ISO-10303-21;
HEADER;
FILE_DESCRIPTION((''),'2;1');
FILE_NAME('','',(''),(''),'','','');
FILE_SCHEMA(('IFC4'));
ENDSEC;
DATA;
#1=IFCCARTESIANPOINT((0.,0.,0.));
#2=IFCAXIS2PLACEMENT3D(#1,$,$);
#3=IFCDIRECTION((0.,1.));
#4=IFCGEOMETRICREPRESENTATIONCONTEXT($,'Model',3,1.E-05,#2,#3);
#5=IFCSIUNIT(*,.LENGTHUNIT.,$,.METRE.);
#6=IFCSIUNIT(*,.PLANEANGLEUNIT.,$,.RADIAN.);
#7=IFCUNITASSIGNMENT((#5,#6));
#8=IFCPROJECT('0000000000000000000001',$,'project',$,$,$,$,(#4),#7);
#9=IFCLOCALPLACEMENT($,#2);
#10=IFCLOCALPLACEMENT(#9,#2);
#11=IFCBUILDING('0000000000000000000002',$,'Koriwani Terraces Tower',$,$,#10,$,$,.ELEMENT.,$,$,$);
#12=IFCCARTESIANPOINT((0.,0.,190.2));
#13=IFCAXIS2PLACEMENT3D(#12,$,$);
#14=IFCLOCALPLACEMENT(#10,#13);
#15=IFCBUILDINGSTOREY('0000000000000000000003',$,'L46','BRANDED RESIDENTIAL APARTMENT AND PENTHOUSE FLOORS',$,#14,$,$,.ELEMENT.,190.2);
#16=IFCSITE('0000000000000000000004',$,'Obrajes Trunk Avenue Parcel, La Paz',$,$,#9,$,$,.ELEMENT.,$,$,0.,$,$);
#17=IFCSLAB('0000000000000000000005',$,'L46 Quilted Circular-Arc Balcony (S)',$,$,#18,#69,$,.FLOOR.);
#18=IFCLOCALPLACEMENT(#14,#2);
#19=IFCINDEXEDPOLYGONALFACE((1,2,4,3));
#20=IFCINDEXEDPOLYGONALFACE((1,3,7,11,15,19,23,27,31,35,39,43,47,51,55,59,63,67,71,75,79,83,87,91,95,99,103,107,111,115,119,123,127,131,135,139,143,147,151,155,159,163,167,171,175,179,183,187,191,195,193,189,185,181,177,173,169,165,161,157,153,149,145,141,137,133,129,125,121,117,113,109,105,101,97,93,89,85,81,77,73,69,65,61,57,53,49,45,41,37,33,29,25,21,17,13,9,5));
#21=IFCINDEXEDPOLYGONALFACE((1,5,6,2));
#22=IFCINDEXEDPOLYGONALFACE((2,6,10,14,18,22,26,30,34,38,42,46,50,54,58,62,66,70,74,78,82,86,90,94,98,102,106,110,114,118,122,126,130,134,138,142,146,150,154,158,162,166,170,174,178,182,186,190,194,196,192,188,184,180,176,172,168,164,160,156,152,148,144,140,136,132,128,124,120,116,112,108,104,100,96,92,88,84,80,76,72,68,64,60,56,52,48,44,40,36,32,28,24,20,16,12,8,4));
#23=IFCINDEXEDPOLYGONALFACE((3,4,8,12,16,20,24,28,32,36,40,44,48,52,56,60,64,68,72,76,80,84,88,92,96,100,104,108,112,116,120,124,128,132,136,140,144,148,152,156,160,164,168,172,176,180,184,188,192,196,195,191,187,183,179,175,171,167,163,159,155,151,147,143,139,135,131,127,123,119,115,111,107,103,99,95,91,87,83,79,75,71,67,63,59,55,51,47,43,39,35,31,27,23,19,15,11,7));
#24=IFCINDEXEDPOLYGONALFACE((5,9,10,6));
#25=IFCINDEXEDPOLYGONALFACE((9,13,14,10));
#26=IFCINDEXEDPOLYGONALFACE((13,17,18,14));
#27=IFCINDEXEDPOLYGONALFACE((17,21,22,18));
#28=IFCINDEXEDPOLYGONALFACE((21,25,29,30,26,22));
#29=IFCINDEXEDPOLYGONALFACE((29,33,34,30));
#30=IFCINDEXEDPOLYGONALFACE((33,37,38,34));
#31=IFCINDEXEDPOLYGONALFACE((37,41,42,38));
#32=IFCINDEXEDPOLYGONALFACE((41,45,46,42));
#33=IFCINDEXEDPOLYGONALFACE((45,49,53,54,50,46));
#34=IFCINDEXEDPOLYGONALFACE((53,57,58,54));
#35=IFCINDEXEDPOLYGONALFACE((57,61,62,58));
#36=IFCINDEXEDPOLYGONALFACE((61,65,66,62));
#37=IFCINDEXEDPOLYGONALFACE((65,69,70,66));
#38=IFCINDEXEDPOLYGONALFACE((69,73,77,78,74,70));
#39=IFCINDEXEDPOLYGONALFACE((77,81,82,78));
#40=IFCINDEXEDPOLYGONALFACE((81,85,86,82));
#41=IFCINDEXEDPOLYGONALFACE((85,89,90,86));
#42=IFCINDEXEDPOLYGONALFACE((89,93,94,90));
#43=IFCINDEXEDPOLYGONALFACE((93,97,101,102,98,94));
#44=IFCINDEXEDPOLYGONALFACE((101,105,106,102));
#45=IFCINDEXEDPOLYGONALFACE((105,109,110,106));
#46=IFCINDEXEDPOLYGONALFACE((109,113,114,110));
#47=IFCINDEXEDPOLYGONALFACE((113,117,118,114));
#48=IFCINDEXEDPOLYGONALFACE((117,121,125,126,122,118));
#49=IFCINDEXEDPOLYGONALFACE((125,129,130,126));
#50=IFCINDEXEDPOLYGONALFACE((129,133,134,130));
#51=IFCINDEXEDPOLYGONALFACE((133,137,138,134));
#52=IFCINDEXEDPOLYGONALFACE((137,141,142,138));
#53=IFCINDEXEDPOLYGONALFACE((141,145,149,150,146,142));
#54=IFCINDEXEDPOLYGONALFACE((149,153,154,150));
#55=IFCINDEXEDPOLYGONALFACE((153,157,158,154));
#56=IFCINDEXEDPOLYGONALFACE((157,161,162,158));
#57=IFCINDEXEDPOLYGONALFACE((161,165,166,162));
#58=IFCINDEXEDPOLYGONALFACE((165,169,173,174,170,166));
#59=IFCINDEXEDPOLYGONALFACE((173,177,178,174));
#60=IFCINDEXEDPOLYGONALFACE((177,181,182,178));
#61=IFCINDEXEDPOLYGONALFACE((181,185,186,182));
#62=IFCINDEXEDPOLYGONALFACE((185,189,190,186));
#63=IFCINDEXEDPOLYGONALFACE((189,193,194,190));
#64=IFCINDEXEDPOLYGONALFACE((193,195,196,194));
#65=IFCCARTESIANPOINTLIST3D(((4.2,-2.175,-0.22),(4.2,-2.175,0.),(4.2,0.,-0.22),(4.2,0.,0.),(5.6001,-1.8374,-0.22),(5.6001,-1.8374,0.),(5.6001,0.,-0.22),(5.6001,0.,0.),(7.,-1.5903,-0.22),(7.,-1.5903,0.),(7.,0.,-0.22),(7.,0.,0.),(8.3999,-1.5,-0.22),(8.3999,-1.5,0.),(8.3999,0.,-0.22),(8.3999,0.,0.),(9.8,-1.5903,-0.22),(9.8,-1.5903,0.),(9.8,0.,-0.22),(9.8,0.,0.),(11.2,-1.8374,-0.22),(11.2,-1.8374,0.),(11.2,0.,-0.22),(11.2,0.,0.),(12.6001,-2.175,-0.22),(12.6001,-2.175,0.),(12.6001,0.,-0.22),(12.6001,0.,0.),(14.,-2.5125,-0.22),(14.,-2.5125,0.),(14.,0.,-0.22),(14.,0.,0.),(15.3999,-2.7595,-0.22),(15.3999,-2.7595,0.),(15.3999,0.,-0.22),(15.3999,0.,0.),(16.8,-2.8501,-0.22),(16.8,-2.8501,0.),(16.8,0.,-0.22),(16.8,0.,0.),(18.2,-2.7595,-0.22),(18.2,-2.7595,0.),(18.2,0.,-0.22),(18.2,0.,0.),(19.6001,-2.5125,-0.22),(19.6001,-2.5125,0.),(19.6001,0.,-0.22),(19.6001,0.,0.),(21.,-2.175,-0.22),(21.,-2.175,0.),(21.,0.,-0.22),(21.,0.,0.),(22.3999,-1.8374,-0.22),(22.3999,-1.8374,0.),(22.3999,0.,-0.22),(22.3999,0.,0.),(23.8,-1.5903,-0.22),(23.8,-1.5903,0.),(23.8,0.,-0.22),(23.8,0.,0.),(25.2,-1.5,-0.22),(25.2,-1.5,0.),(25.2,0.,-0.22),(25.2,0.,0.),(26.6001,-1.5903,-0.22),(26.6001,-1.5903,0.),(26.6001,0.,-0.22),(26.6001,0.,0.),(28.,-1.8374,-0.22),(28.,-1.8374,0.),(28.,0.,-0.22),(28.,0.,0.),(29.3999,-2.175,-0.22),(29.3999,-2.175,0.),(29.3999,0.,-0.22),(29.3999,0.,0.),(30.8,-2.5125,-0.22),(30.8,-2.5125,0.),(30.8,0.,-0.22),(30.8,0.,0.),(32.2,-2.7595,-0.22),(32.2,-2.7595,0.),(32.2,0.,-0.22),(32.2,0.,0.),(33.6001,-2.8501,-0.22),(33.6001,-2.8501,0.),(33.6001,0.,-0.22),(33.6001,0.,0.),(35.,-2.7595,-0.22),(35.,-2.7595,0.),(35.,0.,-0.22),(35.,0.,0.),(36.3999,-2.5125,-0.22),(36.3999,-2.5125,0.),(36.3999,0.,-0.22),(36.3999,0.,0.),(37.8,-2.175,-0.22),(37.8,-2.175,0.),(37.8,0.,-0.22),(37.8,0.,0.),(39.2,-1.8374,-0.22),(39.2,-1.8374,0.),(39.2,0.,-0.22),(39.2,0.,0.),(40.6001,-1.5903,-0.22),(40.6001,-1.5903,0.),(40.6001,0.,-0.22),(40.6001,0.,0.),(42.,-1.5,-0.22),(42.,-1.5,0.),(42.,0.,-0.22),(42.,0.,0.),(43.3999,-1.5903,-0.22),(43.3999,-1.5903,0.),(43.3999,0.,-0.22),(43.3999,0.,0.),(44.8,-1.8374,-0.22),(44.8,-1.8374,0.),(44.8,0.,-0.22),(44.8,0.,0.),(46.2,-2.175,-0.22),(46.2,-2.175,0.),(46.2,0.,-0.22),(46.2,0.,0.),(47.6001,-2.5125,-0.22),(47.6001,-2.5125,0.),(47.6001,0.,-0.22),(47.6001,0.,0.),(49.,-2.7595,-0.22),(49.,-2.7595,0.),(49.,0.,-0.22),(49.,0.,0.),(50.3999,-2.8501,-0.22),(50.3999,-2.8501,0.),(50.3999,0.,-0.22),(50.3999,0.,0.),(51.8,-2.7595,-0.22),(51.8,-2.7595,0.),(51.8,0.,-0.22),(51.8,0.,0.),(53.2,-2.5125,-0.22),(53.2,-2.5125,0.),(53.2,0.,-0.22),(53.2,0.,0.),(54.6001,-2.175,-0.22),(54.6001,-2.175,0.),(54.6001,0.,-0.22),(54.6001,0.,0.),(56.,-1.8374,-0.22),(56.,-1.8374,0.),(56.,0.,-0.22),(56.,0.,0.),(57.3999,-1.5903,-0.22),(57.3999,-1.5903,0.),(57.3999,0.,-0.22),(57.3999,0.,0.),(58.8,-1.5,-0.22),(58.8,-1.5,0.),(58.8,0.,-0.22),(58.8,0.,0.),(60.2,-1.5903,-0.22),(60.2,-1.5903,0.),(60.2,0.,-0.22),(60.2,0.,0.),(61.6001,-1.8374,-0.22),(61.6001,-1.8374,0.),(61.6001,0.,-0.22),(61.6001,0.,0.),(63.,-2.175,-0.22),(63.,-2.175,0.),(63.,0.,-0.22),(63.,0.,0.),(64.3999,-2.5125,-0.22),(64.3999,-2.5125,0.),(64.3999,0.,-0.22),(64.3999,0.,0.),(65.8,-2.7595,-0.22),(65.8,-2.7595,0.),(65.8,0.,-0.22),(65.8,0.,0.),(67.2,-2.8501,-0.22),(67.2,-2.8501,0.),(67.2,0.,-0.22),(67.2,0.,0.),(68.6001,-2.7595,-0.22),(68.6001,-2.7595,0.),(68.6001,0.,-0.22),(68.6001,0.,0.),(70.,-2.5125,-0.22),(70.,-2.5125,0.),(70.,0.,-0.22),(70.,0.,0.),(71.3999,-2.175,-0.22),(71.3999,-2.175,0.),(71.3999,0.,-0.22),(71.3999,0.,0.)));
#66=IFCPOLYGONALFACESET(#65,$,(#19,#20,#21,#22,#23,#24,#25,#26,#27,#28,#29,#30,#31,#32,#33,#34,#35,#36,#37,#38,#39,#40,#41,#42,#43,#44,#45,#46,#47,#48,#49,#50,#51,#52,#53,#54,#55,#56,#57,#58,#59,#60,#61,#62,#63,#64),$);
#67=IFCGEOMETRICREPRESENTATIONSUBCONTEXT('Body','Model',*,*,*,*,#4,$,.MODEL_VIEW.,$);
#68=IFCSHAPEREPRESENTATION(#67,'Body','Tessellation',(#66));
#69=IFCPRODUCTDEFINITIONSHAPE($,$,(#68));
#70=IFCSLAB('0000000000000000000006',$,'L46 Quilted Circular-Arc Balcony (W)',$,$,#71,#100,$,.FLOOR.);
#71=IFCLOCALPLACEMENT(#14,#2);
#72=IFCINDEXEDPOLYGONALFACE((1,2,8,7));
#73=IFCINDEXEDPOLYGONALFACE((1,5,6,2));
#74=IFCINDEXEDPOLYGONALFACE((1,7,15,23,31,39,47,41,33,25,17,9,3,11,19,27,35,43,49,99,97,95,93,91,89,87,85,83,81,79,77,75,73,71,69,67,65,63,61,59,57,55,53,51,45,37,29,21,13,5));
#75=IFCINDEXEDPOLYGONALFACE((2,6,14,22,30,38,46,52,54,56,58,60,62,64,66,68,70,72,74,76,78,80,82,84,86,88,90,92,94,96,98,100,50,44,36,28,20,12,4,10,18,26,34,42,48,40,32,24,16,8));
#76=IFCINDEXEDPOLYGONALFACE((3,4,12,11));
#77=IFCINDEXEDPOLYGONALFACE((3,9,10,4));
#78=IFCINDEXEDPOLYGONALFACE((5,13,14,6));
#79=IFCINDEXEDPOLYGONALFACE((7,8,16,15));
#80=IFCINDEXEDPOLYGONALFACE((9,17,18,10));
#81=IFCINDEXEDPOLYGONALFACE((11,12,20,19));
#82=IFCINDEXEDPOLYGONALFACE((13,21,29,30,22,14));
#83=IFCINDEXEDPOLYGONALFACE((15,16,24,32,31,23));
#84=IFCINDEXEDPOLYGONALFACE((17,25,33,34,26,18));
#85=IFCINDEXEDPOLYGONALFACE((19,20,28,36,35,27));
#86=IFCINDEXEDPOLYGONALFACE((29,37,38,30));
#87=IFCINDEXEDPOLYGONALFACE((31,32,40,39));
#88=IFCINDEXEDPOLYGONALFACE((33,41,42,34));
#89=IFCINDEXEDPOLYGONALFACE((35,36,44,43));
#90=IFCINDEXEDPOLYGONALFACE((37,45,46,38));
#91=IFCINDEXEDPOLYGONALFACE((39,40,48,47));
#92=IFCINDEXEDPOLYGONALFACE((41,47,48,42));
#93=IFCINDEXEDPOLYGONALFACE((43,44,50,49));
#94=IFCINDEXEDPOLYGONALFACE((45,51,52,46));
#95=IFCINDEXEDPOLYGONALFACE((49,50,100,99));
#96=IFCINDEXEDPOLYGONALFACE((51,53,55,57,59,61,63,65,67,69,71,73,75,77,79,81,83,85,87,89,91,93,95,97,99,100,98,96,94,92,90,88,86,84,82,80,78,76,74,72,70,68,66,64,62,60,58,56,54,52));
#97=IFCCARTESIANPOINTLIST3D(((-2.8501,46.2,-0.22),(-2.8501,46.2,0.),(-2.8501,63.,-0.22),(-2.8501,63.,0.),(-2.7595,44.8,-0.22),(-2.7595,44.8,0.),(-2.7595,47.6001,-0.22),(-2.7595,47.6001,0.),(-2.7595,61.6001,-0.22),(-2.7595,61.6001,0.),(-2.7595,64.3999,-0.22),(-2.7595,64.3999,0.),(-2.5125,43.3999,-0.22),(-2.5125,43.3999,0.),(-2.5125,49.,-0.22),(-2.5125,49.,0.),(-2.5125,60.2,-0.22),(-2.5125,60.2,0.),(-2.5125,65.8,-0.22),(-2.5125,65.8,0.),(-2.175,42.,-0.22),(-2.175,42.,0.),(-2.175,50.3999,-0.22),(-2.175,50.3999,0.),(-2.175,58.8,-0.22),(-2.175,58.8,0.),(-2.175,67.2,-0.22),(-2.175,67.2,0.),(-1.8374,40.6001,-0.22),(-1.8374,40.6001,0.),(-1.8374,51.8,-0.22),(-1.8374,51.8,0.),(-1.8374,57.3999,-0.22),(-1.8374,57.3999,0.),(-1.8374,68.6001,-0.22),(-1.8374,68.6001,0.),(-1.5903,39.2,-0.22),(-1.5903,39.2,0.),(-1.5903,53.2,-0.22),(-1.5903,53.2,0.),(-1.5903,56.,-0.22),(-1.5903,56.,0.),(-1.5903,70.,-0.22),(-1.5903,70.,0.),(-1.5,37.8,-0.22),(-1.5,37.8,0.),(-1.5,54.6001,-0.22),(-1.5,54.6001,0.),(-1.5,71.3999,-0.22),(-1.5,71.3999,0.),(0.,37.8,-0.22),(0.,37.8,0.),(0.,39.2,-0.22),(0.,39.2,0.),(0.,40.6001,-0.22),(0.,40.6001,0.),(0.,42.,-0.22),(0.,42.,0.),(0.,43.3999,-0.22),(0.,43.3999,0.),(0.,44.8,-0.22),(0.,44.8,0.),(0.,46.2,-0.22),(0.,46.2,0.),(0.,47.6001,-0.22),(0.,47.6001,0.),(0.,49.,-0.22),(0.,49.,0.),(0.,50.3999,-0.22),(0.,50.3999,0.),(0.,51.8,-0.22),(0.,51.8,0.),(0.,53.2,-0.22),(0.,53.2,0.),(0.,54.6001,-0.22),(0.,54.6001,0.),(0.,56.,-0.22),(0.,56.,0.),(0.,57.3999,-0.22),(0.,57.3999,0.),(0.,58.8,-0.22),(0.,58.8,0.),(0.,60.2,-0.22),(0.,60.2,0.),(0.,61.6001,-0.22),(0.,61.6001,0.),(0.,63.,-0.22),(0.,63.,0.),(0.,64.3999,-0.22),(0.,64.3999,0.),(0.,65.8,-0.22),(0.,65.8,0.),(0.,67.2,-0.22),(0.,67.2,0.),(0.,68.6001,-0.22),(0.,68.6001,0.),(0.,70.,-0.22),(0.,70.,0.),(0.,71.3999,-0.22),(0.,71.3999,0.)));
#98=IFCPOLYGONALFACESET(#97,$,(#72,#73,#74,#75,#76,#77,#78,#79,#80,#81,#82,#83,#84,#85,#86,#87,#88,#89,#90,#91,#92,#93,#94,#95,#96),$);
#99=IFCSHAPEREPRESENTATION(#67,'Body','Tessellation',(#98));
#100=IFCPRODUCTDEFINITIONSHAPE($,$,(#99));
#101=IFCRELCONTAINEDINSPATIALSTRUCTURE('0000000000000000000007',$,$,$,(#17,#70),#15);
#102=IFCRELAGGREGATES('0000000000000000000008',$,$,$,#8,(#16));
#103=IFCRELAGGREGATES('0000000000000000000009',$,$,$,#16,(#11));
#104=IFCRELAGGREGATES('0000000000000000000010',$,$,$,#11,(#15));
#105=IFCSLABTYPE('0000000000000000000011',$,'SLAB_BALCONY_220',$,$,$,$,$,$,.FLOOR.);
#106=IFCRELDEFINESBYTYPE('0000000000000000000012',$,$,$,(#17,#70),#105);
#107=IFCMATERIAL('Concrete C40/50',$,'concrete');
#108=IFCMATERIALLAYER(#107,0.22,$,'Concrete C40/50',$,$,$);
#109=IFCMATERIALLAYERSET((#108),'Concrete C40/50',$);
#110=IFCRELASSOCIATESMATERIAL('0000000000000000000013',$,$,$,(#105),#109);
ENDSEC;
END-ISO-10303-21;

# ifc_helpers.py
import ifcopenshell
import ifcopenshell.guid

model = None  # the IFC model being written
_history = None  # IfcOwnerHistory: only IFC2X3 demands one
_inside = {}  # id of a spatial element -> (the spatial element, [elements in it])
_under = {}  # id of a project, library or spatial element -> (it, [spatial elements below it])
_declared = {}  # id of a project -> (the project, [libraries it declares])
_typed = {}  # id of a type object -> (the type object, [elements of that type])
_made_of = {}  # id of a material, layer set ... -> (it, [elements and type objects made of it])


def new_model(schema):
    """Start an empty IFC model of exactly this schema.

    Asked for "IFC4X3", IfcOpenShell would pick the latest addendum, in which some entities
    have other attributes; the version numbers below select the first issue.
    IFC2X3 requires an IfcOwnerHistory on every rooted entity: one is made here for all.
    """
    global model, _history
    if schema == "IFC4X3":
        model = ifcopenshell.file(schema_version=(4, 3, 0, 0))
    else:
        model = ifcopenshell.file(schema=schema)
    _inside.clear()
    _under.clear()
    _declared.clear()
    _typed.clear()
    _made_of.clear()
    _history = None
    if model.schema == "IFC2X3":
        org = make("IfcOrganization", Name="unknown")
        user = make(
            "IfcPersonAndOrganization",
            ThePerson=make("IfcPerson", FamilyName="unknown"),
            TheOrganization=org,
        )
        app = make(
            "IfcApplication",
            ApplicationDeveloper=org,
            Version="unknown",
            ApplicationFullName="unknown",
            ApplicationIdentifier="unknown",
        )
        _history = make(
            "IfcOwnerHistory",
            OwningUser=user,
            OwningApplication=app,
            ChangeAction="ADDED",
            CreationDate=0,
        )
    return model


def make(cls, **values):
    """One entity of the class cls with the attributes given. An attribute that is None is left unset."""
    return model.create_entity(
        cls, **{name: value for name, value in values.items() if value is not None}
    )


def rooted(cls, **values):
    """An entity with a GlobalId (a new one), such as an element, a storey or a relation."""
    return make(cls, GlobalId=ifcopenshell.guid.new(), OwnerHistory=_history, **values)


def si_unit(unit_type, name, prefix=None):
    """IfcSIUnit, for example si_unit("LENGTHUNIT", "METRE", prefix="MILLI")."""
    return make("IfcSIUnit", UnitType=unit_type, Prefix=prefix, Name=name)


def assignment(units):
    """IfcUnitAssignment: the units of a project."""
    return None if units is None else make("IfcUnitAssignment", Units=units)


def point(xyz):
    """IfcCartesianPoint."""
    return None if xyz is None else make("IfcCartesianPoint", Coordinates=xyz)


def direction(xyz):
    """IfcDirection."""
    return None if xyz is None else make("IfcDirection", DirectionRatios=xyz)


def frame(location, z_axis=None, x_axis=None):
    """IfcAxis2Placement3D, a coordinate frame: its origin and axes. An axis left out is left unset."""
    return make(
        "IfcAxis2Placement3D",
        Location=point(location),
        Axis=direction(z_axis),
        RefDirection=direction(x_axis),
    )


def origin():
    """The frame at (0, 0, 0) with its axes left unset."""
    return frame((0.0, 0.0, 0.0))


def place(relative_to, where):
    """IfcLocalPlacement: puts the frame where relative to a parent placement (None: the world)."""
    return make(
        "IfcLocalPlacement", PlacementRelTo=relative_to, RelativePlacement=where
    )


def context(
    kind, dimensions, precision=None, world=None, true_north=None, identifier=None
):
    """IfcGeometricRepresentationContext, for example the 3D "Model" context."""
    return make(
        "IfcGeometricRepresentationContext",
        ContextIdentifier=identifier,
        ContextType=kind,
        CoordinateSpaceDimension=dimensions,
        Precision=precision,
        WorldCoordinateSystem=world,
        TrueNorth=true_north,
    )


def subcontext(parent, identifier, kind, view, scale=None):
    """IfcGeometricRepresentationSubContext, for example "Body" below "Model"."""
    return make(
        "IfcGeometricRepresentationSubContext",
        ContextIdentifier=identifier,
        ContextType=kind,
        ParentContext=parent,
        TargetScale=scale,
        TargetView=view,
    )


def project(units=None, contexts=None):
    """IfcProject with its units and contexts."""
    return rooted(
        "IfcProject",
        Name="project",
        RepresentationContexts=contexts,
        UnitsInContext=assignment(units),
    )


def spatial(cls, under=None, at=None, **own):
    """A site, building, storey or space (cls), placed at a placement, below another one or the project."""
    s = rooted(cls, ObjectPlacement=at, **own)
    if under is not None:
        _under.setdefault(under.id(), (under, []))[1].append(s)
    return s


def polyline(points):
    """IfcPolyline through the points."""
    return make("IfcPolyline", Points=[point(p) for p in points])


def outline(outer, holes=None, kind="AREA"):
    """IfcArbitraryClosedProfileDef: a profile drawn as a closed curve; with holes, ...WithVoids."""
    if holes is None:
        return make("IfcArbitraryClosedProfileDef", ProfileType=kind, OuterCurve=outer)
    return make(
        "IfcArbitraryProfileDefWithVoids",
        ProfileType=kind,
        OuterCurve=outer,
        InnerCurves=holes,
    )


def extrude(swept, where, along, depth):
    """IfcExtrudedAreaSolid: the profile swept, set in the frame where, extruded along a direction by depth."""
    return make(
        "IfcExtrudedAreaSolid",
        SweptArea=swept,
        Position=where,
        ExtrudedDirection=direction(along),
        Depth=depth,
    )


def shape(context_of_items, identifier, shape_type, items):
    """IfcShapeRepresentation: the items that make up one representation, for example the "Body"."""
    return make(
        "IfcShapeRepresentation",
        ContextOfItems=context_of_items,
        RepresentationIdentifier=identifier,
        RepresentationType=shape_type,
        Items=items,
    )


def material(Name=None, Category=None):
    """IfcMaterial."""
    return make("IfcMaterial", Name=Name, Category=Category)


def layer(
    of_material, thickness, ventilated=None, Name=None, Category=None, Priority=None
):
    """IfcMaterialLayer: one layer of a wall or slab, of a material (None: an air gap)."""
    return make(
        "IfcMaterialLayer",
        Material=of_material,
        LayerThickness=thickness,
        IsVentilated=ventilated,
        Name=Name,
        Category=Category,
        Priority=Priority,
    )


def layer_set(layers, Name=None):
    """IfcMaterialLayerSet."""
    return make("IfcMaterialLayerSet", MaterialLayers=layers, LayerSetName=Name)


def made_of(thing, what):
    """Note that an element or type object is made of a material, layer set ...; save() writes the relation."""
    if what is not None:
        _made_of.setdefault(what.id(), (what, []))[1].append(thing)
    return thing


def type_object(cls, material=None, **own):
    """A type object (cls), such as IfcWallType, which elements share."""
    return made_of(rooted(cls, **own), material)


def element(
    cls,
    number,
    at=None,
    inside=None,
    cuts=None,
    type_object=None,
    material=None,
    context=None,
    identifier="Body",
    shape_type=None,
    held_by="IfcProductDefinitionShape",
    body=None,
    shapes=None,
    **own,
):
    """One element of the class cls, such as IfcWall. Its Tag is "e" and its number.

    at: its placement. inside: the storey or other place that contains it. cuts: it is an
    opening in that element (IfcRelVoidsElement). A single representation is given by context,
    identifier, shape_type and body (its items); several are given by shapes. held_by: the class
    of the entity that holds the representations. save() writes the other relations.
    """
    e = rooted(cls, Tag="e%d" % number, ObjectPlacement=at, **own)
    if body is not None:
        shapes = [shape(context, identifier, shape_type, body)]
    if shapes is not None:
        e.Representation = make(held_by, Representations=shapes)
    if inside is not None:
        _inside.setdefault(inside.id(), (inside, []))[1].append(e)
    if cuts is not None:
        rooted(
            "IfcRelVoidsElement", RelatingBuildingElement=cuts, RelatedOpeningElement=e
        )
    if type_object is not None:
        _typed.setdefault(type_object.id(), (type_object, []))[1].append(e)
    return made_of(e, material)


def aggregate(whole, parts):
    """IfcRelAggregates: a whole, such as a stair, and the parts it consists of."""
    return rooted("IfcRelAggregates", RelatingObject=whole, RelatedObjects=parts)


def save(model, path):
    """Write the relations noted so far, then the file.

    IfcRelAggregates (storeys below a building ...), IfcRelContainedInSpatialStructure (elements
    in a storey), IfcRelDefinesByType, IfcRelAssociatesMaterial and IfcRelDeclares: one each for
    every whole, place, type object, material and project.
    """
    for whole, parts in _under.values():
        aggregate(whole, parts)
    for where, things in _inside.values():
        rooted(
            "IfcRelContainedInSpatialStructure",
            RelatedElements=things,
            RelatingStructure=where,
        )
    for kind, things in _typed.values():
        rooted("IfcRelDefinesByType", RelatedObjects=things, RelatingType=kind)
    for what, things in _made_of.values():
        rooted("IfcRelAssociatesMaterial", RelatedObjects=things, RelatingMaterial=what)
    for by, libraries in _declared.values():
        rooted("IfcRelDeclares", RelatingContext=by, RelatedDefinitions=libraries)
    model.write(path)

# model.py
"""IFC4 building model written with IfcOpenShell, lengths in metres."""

from ifc_helpers import new_model, si_unit, direction, frame, origin, place, context, subcontext, project, spatial, polyline, outline, extrude, material, layer, layer_set, type_object, element, save


model = new_model("IFC4")

# Units and contexts
model_context = context("Model", 3, precision=1e-05, world=origin(), true_north=direction((0.0, 1.0)))
body_context = subcontext(model_context, "Body", "Model", "MODEL_VIEW")
ifc_project = project(units=[si_unit("LENGTHUNIT", "METRE"), si_unit("PLANEANGLEUNIT", "RADIAN")], contexts=[model_context])

# Site, building, storey
site_placement = place(None, origin())
site = spatial("IfcSite", under=ifc_project, at=site_placement, Name="Obrajes Trunk Avenue Parcel, La Paz", CompositionType="ELEMENT", RefElevation=0.0)
building_placement = place(site_placement, origin())
building = spatial("IfcBuilding", under=site, at=building_placement, Name="Koriwani Terraces Tower", CompositionType="ELEMENT")
storey_placement = place(building_placement, frame((0.0, 0.0, 190.2)))
storey = spatial("IfcBuildingStorey", under=building, at=storey_placement, Name="L46", Description="BRANDED RESIDENTIAL APARTMENT AND PENTHOUSE FLOORS", CompositionType="ELEMENT", Elevation=190.2)

# Shared definitions
ifc_material_1 = material(Name="Concrete C40/50", Category="concrete")

# Slabs
ifc_layer_1 = layer(ifc_material_1, 0.22, Name="Concrete C40/50")
ifc_layer_set_1 = layer_set([ifc_layer_1], Name="Concrete C40/50")
slab_type_1 = type_object("IfcSlabType", Name="SLAB_BALCONY_220", PredefinedType="FLOOR", material=ifc_layer_set_1)
slab_1_placement = place(storey_placement, frame((0.0, 0.0, -0.22)))
element("IfcSlab", 1, at=slab_1_placement, inside=storey, type_object=slab_type_1, Name="L46 Quilted Circular-Arc Balcony (S)", PredefinedType="FLOOR", context=body_context, shape_type="SweptSolid", body=[
    extrude(outline(polyline([(4.2, 0.0), (5.6001, 0.0), (7.0, 0.0), (8.3999, 0.0), (9.8, 0.0), (11.2, 0.0), (12.6001, 0.0), (14.0, 0.0), (15.3999, 0.0), (16.8, 0.0), (18.2, 0.0), (19.6001, 0.0), (21.0, 0.0), (22.3999, 0.0), (23.8, 0.0), (25.2, 0.0), (26.6001, 0.0), (28.0, 0.0), (29.3999, 0.0), (30.8, 0.0), (32.2, 0.0), (33.6001, 0.0), (35.0, 0.0), (36.3999, 0.0), (37.8, 0.0), (39.2, 0.0), (40.6001, 0.0), (42.0, 0.0), (43.3999, 0.0), (44.8, 0.0), (46.2, 0.0), (47.6001, 0.0), (49.0, 0.0), (50.3999, 0.0), (51.8, 0.0), (53.2, 0.0), (54.6001, 0.0), (56.0, 0.0), (57.3999, 0.0), (58.8, 0.0), (60.2, 0.0), (61.6001, 0.0), (63.0, 0.0), (64.3999, 0.0), (65.8, 0.0), (67.2, 0.0), (68.6001, 0.0), (70.0, 0.0), (71.3999, 0.0), (71.3999, -2.175), (70.0, -2.5125), (68.6001, -2.7595), (67.2, -2.8501), (65.8, -2.7595), (64.3999, -2.5125), (63.0, -2.175), (61.6001, -1.8374), (60.2, -1.5903), (58.8, -1.5), (57.3999, -1.5903), (56.0, -1.8374), (54.6001, -2.175), (53.2, -2.5125), (51.8, -2.7595), (50.3999, -2.8501), (49.0, -2.7595), (47.6001, -2.5125), (46.2, -2.175), (44.8, -1.8374), (43.3999, -1.5903), (42.0, -1.5), (40.6001, -1.5903), (39.2, -1.8374), (37.8, -2.175), (36.3999, -2.5125), (35.0, -2.7595), (33.6001, -2.8501), (32.2, -2.7595), (30.8, -2.5125), (29.3999, -2.175), (28.0, -1.8374), (26.6001, -1.5903), (25.2, -1.5), (23.8, -1.5903), (22.3999, -1.8374), (21.0, -2.175), (19.6001, -2.5125), (18.2, -2.7595), (16.8, -2.8501), (15.3999, -2.7595), (14.0, -2.5125), (12.6001, -2.175), (11.2, -1.8374), (9.8, -1.5903), (8.3999, -1.5), (7.0, -1.5903), (5.6001, -1.8374), (4.2, -2.175), (4.2, 0.0)])), origin(), (0.0, 0.0, 1.0), 0.22),
])
slab_2_placement = place(storey_placement, frame((0.0, 0.0, -0.22)))
element("IfcSlab", 2, at=slab_2_placement, inside=storey, type_object=slab_type_1, Name="L46 Quilted Circular-Arc Balcony (W)", PredefinedType="FLOOR", context=body_context, shape_type="SweptSolid", body=[
    extrude(outline(polyline([(0.0, 37.8), (0.0, 39.2), (0.0, 40.6001), (0.0, 42.0), (0.0, 43.3999), (0.0, 44.8), (0.0, 46.2), (0.0, 47.6001), (0.0, 49.0), (0.0, 50.3999), (0.0, 51.8), (0.0, 53.2), (0.0, 54.6001), (0.0, 56.0), (0.0, 57.3999), (0.0, 58.8), (0.0, 60.2), (0.0, 61.6001), (0.0, 63.0), (0.0, 64.3999), (0.0, 65.8), (0.0, 67.2), (0.0, 68.6001), (0.0, 70.0), (0.0, 71.3999), (-1.5, 71.3999), (-1.5903, 70.0), (-1.8374, 68.6001), (-2.175, 67.2), (-2.5125, 65.8), (-2.7595, 64.3999), (-2.8501, 63.0), (-2.7595, 61.6001), (-2.5125, 60.2), (-2.175, 58.8), (-1.8374, 57.3999), (-1.5903, 56.0), (-1.5, 54.6001), (-1.5903, 53.2), (-1.8374, 51.8), (-2.175, 50.3999), (-2.5125, 49.0), (-2.7595, 47.6001), (-2.8501, 46.2), (-2.7595, 44.8), (-2.5125, 43.3999), (-2.175, 42.0), (-1.8374, 40.6001), (-1.5903, 39.2), (-1.5, 37.8), (0.0, 37.8)])), origin(), (0.0, 0.0, 1.0), 0.22),
])

save(model, "model.ifc")
